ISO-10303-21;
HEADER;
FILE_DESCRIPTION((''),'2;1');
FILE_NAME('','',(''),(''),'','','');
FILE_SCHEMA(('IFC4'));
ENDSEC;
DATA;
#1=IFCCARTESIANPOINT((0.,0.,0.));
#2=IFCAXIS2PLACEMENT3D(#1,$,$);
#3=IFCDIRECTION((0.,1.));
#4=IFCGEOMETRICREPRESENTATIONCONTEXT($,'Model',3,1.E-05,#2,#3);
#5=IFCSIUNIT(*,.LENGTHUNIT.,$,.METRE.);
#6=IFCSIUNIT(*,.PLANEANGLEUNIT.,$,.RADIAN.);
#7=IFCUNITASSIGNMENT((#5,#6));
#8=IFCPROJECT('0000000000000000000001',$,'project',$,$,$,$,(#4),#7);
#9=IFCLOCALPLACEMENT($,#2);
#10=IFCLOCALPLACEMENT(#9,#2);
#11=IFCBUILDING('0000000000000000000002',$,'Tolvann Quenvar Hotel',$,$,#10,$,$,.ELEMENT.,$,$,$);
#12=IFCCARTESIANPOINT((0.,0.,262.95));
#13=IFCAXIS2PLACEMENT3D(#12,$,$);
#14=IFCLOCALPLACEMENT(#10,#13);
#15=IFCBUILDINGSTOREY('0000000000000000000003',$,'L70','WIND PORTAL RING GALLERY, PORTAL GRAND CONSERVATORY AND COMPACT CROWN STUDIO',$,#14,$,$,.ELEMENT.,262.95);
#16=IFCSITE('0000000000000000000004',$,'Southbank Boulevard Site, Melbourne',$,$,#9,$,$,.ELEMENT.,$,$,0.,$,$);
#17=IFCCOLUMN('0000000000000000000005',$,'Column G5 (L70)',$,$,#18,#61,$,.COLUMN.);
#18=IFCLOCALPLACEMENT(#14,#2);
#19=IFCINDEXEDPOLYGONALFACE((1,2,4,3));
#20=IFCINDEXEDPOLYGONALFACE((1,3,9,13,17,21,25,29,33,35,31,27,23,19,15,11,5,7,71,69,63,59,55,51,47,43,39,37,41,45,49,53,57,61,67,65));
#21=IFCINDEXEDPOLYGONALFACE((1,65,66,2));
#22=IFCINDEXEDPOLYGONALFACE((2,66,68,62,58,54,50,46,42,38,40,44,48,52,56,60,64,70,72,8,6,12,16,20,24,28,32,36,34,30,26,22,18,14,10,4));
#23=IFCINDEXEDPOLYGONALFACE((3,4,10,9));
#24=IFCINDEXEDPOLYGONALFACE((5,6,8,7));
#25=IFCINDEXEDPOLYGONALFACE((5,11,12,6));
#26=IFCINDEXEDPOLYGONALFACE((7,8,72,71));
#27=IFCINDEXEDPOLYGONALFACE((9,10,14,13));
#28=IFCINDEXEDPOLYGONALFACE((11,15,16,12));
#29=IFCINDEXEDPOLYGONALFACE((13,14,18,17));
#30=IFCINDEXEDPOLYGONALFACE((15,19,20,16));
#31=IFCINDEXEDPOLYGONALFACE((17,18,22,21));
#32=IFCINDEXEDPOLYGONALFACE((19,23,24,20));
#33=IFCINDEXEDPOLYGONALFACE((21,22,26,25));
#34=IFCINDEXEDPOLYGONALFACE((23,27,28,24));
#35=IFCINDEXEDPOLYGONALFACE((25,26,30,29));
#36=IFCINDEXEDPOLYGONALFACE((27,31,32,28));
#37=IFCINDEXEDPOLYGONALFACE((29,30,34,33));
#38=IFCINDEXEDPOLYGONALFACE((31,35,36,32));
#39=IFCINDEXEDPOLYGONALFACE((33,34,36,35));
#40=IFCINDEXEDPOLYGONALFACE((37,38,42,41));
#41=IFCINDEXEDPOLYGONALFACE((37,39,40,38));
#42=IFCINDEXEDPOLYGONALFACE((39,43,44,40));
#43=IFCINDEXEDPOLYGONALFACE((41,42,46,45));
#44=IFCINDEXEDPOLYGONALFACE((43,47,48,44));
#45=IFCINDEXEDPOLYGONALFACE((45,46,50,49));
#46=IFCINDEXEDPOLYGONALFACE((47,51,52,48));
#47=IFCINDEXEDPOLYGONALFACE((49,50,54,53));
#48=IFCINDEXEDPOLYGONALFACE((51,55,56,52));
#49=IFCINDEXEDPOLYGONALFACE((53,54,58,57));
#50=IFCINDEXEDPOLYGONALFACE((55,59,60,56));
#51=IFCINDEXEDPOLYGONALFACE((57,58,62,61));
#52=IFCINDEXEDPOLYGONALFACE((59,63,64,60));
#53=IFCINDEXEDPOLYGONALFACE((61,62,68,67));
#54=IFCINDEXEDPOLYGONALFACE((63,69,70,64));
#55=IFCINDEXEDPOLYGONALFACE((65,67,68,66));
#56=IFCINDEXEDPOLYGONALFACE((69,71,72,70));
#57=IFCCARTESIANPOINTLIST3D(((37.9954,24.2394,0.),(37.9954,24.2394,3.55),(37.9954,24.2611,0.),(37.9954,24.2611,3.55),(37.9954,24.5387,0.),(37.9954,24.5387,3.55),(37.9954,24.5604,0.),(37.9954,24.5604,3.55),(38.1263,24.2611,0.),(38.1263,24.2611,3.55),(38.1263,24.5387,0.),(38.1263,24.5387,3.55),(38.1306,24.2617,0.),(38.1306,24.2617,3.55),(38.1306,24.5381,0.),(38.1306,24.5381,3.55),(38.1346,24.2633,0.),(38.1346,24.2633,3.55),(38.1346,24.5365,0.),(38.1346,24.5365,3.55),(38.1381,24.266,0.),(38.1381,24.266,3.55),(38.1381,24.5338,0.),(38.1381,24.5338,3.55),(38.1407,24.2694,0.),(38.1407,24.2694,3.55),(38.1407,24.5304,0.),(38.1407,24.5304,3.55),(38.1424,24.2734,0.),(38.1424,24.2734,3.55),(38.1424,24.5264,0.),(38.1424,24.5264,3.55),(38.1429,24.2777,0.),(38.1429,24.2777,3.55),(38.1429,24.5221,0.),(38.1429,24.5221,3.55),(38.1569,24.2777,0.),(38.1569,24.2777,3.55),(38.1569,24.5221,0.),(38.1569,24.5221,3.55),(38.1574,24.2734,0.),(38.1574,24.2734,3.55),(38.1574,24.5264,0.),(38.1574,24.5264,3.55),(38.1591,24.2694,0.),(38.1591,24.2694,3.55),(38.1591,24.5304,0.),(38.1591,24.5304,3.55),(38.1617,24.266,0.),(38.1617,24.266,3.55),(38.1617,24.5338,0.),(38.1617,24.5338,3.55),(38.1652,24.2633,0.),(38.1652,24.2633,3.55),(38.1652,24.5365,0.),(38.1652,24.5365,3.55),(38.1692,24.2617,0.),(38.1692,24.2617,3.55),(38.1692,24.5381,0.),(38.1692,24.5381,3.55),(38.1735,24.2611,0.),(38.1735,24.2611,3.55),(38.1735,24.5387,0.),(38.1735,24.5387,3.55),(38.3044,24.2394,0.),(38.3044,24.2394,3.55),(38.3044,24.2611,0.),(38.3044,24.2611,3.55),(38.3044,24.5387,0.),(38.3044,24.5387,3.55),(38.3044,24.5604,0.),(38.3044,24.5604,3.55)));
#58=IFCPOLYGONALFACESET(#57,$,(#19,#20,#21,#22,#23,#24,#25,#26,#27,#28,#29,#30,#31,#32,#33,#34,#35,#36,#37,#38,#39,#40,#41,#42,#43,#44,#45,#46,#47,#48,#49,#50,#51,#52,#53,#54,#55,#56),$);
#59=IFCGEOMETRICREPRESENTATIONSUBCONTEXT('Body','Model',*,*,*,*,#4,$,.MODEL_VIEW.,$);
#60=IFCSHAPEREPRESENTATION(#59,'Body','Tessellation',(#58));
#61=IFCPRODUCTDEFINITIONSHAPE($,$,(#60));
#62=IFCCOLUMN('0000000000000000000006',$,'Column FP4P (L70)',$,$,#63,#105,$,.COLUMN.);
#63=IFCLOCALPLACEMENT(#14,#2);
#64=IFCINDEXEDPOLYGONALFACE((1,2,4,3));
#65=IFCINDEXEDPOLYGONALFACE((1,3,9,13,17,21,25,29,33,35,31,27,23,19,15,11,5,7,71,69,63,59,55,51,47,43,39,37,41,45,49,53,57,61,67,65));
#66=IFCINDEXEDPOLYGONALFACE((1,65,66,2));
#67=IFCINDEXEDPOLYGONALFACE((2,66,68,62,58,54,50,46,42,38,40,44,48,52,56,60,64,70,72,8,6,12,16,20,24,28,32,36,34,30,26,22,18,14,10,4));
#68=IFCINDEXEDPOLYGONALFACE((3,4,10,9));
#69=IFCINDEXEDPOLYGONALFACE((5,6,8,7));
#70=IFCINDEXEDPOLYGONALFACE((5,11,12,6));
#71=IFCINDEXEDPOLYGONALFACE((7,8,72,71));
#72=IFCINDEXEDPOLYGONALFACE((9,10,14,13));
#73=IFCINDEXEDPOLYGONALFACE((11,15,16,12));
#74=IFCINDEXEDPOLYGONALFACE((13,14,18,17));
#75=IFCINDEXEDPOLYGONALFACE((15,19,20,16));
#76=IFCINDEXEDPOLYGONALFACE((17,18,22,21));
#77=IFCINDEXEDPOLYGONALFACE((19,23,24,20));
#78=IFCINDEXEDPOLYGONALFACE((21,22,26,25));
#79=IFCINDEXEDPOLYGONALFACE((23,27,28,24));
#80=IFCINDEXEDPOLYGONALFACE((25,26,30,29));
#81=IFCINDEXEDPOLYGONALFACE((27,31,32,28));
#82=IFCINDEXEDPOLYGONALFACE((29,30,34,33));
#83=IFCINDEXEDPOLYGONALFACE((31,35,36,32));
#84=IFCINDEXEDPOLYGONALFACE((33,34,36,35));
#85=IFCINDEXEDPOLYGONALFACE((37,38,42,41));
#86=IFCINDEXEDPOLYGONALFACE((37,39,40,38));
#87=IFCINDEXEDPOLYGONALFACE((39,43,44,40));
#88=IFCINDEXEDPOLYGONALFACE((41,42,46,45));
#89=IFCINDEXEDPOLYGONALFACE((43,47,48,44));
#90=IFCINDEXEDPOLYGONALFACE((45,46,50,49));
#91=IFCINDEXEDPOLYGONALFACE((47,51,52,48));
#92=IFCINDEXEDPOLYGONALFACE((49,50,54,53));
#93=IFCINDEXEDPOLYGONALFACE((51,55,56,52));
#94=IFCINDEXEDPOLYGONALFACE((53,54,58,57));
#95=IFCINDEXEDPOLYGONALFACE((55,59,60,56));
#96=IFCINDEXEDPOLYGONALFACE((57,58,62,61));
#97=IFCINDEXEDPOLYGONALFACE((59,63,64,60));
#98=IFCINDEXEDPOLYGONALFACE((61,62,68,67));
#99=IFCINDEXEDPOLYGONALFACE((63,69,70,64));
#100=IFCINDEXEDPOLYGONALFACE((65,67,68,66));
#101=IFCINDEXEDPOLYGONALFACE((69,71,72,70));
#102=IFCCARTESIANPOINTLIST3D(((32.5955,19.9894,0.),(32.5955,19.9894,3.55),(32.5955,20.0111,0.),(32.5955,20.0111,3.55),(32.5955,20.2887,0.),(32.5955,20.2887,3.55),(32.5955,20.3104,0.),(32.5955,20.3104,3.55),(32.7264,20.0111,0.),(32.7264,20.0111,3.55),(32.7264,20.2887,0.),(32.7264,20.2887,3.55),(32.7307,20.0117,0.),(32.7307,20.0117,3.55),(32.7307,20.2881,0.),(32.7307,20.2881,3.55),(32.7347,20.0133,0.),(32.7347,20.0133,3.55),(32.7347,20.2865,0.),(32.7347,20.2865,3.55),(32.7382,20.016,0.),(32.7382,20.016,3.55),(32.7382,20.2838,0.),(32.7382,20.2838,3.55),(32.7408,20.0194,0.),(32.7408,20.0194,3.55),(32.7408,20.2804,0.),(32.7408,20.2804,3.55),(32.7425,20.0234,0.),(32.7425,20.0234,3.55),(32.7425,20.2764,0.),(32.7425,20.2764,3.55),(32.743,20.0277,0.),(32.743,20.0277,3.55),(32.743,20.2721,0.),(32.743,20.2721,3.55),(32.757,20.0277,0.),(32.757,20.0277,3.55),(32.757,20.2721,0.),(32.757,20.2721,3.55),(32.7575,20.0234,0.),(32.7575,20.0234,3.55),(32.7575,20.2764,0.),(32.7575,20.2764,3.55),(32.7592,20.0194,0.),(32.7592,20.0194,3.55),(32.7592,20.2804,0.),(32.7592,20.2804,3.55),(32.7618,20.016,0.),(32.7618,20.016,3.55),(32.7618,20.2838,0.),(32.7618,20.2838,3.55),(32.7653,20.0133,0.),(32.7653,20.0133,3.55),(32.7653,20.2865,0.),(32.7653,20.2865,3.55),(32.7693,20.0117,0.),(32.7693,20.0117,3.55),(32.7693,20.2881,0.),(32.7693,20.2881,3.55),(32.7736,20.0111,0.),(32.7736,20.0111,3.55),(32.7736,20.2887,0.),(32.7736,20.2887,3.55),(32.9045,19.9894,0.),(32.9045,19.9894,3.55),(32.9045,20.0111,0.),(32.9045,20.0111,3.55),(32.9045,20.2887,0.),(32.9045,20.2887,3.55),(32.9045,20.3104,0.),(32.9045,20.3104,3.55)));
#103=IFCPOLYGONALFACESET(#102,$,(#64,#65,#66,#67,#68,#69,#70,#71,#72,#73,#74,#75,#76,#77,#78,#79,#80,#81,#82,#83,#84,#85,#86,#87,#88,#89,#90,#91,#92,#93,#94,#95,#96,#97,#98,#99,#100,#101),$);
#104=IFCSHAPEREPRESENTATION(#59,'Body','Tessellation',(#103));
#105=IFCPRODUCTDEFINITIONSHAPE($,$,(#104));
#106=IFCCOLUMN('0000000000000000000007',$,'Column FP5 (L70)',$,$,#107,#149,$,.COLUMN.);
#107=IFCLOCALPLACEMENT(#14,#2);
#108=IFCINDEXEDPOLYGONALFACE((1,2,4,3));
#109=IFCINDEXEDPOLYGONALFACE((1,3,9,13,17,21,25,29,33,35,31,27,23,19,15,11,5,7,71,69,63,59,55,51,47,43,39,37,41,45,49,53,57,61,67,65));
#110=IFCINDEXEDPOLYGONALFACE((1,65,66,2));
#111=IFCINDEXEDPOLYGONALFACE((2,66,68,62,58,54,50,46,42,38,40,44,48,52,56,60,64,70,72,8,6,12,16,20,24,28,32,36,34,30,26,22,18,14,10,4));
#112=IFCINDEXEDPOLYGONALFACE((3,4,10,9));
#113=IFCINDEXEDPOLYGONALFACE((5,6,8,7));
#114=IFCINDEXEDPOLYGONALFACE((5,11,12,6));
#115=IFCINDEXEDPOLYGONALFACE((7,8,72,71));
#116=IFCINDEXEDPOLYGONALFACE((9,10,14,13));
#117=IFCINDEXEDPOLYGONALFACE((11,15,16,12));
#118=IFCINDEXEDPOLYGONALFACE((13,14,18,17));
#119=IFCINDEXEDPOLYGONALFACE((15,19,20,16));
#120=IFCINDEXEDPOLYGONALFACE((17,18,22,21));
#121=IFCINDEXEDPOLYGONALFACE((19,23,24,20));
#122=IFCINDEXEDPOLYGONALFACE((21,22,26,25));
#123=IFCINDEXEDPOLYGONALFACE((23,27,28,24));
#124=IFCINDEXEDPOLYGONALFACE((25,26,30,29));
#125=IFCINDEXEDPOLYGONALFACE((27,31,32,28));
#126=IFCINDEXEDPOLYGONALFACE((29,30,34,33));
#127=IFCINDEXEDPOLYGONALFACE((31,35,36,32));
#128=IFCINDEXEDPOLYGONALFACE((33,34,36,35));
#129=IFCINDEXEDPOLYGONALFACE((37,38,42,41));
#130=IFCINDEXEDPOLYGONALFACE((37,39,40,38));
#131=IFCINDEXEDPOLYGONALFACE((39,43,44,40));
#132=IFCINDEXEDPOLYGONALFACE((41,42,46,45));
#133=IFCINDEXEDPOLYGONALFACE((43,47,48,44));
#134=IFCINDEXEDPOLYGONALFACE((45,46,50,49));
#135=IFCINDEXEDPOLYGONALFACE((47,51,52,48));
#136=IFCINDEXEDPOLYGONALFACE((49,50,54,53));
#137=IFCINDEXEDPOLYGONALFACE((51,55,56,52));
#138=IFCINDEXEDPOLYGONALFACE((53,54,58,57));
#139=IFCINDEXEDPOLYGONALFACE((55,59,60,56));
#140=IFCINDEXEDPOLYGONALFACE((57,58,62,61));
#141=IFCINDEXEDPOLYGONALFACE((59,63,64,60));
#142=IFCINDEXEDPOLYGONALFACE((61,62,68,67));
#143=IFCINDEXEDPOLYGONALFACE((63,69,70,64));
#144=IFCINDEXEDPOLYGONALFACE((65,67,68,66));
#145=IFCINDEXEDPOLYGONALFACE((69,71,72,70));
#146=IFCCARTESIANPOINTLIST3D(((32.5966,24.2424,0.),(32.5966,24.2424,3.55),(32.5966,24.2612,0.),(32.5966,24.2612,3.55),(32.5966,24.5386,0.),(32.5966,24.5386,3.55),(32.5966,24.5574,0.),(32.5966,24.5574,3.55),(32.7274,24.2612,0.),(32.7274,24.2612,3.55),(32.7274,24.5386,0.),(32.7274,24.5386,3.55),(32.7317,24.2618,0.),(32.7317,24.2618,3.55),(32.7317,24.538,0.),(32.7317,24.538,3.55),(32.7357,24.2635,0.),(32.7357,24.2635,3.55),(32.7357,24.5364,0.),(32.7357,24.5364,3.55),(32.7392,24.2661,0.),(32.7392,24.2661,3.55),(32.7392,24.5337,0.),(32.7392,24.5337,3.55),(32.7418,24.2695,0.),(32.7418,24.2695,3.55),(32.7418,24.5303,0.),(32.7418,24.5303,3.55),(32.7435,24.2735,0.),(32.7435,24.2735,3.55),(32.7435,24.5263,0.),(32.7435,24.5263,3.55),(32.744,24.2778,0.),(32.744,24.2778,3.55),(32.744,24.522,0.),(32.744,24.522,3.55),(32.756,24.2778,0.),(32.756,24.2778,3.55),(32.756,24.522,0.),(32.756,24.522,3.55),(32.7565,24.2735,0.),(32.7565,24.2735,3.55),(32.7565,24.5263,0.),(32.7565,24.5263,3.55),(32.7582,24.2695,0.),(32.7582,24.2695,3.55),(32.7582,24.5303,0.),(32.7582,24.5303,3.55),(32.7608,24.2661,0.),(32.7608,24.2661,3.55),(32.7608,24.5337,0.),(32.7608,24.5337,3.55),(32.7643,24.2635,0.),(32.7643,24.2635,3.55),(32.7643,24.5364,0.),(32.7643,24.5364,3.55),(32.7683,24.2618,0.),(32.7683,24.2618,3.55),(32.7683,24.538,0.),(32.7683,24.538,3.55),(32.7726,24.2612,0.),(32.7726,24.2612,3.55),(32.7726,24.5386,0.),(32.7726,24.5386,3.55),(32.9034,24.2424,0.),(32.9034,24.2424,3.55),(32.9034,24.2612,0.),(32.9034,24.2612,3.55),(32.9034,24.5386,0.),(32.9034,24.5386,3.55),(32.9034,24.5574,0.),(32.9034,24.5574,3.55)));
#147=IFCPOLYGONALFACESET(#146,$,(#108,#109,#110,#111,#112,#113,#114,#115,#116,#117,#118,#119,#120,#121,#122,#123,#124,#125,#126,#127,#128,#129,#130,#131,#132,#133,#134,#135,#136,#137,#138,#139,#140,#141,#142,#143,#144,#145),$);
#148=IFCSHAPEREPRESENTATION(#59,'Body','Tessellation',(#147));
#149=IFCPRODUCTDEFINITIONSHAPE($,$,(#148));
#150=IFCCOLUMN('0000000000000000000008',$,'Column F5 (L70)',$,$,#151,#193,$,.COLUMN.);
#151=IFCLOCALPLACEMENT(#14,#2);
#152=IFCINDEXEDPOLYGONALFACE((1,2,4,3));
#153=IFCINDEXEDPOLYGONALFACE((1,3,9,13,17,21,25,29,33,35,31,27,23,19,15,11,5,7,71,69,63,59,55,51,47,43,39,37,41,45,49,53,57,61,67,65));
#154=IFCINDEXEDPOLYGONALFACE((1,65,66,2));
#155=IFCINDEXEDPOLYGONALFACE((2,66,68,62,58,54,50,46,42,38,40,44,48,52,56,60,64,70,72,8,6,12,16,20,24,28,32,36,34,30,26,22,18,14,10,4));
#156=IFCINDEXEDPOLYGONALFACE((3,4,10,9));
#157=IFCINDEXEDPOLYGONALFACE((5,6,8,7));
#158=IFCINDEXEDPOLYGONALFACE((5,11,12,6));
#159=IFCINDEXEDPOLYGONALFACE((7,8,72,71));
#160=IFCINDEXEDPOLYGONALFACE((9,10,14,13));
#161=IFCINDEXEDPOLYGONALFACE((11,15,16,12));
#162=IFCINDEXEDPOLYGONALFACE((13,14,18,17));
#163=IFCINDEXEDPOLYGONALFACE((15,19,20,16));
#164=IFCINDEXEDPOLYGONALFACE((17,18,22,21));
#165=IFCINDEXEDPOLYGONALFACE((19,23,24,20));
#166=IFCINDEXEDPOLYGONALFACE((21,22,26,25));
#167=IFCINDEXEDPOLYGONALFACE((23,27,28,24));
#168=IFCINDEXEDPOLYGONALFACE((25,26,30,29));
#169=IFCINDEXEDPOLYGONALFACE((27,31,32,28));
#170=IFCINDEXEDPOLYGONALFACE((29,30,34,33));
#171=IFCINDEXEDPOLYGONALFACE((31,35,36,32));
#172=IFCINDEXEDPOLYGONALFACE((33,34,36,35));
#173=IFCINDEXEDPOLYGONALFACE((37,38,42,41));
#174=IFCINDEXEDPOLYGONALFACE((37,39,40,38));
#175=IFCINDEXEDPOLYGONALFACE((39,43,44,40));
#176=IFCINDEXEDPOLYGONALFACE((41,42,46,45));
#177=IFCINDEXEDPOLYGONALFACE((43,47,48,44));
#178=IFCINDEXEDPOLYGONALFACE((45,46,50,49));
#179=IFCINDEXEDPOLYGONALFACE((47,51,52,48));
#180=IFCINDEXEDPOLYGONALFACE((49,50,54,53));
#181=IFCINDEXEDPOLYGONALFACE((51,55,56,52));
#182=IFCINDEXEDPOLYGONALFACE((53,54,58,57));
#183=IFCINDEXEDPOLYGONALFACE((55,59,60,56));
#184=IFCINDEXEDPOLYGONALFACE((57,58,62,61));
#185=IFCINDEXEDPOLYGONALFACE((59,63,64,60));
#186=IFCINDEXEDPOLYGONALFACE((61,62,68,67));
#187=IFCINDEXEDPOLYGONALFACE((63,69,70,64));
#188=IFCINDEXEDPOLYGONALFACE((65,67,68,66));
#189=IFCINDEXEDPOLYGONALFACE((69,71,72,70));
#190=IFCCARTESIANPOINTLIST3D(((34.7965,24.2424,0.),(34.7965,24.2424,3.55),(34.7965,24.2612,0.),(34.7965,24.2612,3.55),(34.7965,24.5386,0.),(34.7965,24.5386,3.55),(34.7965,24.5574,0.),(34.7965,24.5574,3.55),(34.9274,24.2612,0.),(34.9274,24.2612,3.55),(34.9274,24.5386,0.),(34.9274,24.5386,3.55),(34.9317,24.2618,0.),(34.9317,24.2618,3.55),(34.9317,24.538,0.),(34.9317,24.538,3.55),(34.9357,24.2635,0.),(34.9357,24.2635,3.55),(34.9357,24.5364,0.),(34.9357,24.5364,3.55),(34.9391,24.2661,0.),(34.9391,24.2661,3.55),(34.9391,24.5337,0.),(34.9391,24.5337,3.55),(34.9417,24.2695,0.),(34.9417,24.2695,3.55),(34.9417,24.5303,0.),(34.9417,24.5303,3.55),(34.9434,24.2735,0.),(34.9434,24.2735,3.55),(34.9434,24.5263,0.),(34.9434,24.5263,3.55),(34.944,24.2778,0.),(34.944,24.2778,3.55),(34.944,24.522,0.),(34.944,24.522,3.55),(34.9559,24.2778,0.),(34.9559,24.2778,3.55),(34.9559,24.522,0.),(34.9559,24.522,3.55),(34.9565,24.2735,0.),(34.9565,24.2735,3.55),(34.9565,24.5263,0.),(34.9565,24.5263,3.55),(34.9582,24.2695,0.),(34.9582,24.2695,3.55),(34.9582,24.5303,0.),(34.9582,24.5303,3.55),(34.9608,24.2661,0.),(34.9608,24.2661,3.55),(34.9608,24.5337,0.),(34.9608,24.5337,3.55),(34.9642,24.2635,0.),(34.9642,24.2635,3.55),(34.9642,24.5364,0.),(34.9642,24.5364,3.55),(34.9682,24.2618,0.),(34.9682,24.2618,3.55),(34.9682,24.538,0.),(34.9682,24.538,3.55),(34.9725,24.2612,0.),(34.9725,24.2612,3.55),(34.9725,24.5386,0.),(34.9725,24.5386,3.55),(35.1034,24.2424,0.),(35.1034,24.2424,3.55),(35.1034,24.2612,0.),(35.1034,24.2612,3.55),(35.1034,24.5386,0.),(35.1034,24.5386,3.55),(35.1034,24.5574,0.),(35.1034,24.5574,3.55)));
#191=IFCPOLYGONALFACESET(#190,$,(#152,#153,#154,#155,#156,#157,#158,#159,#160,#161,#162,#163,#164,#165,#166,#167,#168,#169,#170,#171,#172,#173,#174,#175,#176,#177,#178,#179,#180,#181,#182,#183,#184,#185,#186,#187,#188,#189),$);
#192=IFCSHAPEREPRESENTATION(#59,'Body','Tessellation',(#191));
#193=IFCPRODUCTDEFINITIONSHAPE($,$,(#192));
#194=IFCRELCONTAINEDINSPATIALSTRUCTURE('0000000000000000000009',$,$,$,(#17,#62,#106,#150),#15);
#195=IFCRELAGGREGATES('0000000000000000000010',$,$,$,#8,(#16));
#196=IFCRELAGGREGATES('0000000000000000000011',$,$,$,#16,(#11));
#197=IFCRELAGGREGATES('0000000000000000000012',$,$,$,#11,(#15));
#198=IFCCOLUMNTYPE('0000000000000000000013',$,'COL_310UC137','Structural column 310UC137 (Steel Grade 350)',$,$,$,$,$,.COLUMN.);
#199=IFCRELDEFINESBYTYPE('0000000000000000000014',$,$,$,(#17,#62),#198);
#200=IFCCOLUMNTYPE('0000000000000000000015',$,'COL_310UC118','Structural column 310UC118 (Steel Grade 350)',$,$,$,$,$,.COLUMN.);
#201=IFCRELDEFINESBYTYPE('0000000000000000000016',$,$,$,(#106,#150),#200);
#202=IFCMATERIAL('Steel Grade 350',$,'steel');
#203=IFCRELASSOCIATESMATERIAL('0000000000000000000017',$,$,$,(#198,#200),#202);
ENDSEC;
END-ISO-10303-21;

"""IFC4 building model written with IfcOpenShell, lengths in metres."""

from ifc_helpers import new_model, si_unit, direction, frame, origin, origin_2d, place, context, subcontext, project, spatial, i_section, extrude, source, transform, mapped, material, material_profile, profile_set, type_object, type_shapes, element, save


model = new_model("IFC4")

# Units and contexts
model_context = context("Model", 3, precision=1e-05, world=origin(), true_north=direction((0.0, 1.0)))
body_context = subcontext(model_context, "Body", "Model", "MODEL_VIEW")
ifc_project = project(units=[si_unit("LENGTHUNIT", "METRE"), si_unit("PLANEANGLEUNIT", "RADIAN")], contexts=[model_context])

# Site, building, storey
site_placement = place(None, origin())
site = spatial("IfcSite", under=ifc_project, at=site_placement, Name="Southbank Boulevard Site, Melbourne", CompositionType="ELEMENT", RefElevation=0.0)
building_placement = place(site_placement, origin())
building = spatial("IfcBuilding", under=site, at=building_placement, Name="Tolvann Quenvar Hotel", CompositionType="ELEMENT")
storey_placement = place(building_placement, frame((0.0, 0.0, 262.95)))
storey = spatial("IfcBuildingStorey", under=building, at=storey_placement, Name="L70", Description="WIND PORTAL RING GALLERY, PORTAL GRAND CONSERVATORY AND COMPACT CROWN STUDIO", CompositionType="ELEMENT", Elevation=262.95)

# Columns
ifc_material_1 = material(Name="Steel Grade 350", Category="steel")
ifc_material_profile_1 = material_profile(ifc_material_1, i_section(OverallWidth=0.3091, OverallDepth=0.321, WebThickness=0.0139, FlangeThickness=0.0217, FilletRadius=0.0166, at=origin_2d()), Name="310UC137")
ifc_profile_set_1 = profile_set([ifc_material_profile_1], Name="Steel Grade 350")
column_type_1 = type_object("IfcColumnType", Name="COL_310UC137", Description="Structural column 310UC137 (Steel Grade 350)", PredefinedType="COLUMN", material=ifc_profile_set_1)
shared_shape_1 = source(origin(), body_context, "Body", "SweptSolid", [
    extrude(i_section(OverallWidth=0.3091, OverallDepth=0.321, WebThickness=0.0139, FlangeThickness=0.0217, FilletRadius=0.0166, at=origin_2d()), origin(), (0.0, 0.0, 1.0), 3.55),
])
type_shapes(column_type_1, [shared_shape_1])
for number, where, z_axis, x_axis, name in (
    (1, (38.1499, 24.3999, 0.0), (0.0, 0.0, 1.0), (1.0, 0.0, 0.0), "Column G5 (L70)"),
    (2, (32.75, 20.1499, 0.0), (0.0, 0.0, 1.0), (1.0, 0.0, 0.0), "Column FP4P (L70)"),
):
    element("IfcColumn", number, at=place(storey_placement, frame(where, z_axis=z_axis, x_axis=x_axis)), inside=storey, type_object=column_type_1, Name=name, PredefinedType="COLUMN", context=body_context, shape_type="MappedRepresentation", body=[
        mapped(shared_shape_1, transform((0.0, 0.0, 0.0), x_axis=(1.0, 0.0, 0.0), y_axis=(0.0, 1.0, 0.0), z_axis=(0.0, 0.0, 1.0), scale=1.0)),
    ])
ifc_material_profile_2 = material_profile(ifc_material_1, i_section(OverallWidth=0.3069, OverallDepth=0.3149, WebThickness=0.012, FlangeThickness=0.0188, FilletRadius=0.0166, at=origin_2d()), Name="310UC118")
ifc_profile_set_2 = profile_set([ifc_material_profile_2], Name="Steel Grade 350")
column_type_2 = type_object("IfcColumnType", Name="COL_310UC118", Description="Structural column 310UC118 (Steel Grade 350)", PredefinedType="COLUMN", material=ifc_profile_set_2)
shared_shape_2 = source(origin(), body_context, "Body", "SweptSolid", [
    extrude(i_section(OverallWidth=0.3069, OverallDepth=0.3149, WebThickness=0.012, FlangeThickness=0.0188, FilletRadius=0.0166, at=origin_2d()), origin(), (0.0, 0.0, 1.0), 3.55),
])
type_shapes(column_type_2, [shared_shape_2])
for number, where, z_axis, x_axis, name in (
    (3, (32.75, 24.3999, 0.0), (0.0, 0.0, 1.0), (1.0, 0.0, 0.0), "Column FP5 (L70)"),
    (4, (34.95, 24.3999, 0.0), (0.0, 0.0, 1.0), (1.0, 0.0, 0.0), "Column F5 (L70)"),
):
    element("IfcColumn", number, at=place(storey_placement, frame(where, z_axis=z_axis, x_axis=x_axis)), inside=storey, type_object=column_type_2, Name=name, PredefinedType="COLUMN", context=body_context, shape_type="MappedRepresentation", body=[
        mapped(shared_shape_2, transform((0.0, 0.0, 0.0), x_axis=(1.0, 0.0, 0.0), y_axis=(0.0, 1.0, 0.0), z_axis=(0.0, 0.0, 1.0), scale=1.0)),
    ])

save(model, "model.ifc")
